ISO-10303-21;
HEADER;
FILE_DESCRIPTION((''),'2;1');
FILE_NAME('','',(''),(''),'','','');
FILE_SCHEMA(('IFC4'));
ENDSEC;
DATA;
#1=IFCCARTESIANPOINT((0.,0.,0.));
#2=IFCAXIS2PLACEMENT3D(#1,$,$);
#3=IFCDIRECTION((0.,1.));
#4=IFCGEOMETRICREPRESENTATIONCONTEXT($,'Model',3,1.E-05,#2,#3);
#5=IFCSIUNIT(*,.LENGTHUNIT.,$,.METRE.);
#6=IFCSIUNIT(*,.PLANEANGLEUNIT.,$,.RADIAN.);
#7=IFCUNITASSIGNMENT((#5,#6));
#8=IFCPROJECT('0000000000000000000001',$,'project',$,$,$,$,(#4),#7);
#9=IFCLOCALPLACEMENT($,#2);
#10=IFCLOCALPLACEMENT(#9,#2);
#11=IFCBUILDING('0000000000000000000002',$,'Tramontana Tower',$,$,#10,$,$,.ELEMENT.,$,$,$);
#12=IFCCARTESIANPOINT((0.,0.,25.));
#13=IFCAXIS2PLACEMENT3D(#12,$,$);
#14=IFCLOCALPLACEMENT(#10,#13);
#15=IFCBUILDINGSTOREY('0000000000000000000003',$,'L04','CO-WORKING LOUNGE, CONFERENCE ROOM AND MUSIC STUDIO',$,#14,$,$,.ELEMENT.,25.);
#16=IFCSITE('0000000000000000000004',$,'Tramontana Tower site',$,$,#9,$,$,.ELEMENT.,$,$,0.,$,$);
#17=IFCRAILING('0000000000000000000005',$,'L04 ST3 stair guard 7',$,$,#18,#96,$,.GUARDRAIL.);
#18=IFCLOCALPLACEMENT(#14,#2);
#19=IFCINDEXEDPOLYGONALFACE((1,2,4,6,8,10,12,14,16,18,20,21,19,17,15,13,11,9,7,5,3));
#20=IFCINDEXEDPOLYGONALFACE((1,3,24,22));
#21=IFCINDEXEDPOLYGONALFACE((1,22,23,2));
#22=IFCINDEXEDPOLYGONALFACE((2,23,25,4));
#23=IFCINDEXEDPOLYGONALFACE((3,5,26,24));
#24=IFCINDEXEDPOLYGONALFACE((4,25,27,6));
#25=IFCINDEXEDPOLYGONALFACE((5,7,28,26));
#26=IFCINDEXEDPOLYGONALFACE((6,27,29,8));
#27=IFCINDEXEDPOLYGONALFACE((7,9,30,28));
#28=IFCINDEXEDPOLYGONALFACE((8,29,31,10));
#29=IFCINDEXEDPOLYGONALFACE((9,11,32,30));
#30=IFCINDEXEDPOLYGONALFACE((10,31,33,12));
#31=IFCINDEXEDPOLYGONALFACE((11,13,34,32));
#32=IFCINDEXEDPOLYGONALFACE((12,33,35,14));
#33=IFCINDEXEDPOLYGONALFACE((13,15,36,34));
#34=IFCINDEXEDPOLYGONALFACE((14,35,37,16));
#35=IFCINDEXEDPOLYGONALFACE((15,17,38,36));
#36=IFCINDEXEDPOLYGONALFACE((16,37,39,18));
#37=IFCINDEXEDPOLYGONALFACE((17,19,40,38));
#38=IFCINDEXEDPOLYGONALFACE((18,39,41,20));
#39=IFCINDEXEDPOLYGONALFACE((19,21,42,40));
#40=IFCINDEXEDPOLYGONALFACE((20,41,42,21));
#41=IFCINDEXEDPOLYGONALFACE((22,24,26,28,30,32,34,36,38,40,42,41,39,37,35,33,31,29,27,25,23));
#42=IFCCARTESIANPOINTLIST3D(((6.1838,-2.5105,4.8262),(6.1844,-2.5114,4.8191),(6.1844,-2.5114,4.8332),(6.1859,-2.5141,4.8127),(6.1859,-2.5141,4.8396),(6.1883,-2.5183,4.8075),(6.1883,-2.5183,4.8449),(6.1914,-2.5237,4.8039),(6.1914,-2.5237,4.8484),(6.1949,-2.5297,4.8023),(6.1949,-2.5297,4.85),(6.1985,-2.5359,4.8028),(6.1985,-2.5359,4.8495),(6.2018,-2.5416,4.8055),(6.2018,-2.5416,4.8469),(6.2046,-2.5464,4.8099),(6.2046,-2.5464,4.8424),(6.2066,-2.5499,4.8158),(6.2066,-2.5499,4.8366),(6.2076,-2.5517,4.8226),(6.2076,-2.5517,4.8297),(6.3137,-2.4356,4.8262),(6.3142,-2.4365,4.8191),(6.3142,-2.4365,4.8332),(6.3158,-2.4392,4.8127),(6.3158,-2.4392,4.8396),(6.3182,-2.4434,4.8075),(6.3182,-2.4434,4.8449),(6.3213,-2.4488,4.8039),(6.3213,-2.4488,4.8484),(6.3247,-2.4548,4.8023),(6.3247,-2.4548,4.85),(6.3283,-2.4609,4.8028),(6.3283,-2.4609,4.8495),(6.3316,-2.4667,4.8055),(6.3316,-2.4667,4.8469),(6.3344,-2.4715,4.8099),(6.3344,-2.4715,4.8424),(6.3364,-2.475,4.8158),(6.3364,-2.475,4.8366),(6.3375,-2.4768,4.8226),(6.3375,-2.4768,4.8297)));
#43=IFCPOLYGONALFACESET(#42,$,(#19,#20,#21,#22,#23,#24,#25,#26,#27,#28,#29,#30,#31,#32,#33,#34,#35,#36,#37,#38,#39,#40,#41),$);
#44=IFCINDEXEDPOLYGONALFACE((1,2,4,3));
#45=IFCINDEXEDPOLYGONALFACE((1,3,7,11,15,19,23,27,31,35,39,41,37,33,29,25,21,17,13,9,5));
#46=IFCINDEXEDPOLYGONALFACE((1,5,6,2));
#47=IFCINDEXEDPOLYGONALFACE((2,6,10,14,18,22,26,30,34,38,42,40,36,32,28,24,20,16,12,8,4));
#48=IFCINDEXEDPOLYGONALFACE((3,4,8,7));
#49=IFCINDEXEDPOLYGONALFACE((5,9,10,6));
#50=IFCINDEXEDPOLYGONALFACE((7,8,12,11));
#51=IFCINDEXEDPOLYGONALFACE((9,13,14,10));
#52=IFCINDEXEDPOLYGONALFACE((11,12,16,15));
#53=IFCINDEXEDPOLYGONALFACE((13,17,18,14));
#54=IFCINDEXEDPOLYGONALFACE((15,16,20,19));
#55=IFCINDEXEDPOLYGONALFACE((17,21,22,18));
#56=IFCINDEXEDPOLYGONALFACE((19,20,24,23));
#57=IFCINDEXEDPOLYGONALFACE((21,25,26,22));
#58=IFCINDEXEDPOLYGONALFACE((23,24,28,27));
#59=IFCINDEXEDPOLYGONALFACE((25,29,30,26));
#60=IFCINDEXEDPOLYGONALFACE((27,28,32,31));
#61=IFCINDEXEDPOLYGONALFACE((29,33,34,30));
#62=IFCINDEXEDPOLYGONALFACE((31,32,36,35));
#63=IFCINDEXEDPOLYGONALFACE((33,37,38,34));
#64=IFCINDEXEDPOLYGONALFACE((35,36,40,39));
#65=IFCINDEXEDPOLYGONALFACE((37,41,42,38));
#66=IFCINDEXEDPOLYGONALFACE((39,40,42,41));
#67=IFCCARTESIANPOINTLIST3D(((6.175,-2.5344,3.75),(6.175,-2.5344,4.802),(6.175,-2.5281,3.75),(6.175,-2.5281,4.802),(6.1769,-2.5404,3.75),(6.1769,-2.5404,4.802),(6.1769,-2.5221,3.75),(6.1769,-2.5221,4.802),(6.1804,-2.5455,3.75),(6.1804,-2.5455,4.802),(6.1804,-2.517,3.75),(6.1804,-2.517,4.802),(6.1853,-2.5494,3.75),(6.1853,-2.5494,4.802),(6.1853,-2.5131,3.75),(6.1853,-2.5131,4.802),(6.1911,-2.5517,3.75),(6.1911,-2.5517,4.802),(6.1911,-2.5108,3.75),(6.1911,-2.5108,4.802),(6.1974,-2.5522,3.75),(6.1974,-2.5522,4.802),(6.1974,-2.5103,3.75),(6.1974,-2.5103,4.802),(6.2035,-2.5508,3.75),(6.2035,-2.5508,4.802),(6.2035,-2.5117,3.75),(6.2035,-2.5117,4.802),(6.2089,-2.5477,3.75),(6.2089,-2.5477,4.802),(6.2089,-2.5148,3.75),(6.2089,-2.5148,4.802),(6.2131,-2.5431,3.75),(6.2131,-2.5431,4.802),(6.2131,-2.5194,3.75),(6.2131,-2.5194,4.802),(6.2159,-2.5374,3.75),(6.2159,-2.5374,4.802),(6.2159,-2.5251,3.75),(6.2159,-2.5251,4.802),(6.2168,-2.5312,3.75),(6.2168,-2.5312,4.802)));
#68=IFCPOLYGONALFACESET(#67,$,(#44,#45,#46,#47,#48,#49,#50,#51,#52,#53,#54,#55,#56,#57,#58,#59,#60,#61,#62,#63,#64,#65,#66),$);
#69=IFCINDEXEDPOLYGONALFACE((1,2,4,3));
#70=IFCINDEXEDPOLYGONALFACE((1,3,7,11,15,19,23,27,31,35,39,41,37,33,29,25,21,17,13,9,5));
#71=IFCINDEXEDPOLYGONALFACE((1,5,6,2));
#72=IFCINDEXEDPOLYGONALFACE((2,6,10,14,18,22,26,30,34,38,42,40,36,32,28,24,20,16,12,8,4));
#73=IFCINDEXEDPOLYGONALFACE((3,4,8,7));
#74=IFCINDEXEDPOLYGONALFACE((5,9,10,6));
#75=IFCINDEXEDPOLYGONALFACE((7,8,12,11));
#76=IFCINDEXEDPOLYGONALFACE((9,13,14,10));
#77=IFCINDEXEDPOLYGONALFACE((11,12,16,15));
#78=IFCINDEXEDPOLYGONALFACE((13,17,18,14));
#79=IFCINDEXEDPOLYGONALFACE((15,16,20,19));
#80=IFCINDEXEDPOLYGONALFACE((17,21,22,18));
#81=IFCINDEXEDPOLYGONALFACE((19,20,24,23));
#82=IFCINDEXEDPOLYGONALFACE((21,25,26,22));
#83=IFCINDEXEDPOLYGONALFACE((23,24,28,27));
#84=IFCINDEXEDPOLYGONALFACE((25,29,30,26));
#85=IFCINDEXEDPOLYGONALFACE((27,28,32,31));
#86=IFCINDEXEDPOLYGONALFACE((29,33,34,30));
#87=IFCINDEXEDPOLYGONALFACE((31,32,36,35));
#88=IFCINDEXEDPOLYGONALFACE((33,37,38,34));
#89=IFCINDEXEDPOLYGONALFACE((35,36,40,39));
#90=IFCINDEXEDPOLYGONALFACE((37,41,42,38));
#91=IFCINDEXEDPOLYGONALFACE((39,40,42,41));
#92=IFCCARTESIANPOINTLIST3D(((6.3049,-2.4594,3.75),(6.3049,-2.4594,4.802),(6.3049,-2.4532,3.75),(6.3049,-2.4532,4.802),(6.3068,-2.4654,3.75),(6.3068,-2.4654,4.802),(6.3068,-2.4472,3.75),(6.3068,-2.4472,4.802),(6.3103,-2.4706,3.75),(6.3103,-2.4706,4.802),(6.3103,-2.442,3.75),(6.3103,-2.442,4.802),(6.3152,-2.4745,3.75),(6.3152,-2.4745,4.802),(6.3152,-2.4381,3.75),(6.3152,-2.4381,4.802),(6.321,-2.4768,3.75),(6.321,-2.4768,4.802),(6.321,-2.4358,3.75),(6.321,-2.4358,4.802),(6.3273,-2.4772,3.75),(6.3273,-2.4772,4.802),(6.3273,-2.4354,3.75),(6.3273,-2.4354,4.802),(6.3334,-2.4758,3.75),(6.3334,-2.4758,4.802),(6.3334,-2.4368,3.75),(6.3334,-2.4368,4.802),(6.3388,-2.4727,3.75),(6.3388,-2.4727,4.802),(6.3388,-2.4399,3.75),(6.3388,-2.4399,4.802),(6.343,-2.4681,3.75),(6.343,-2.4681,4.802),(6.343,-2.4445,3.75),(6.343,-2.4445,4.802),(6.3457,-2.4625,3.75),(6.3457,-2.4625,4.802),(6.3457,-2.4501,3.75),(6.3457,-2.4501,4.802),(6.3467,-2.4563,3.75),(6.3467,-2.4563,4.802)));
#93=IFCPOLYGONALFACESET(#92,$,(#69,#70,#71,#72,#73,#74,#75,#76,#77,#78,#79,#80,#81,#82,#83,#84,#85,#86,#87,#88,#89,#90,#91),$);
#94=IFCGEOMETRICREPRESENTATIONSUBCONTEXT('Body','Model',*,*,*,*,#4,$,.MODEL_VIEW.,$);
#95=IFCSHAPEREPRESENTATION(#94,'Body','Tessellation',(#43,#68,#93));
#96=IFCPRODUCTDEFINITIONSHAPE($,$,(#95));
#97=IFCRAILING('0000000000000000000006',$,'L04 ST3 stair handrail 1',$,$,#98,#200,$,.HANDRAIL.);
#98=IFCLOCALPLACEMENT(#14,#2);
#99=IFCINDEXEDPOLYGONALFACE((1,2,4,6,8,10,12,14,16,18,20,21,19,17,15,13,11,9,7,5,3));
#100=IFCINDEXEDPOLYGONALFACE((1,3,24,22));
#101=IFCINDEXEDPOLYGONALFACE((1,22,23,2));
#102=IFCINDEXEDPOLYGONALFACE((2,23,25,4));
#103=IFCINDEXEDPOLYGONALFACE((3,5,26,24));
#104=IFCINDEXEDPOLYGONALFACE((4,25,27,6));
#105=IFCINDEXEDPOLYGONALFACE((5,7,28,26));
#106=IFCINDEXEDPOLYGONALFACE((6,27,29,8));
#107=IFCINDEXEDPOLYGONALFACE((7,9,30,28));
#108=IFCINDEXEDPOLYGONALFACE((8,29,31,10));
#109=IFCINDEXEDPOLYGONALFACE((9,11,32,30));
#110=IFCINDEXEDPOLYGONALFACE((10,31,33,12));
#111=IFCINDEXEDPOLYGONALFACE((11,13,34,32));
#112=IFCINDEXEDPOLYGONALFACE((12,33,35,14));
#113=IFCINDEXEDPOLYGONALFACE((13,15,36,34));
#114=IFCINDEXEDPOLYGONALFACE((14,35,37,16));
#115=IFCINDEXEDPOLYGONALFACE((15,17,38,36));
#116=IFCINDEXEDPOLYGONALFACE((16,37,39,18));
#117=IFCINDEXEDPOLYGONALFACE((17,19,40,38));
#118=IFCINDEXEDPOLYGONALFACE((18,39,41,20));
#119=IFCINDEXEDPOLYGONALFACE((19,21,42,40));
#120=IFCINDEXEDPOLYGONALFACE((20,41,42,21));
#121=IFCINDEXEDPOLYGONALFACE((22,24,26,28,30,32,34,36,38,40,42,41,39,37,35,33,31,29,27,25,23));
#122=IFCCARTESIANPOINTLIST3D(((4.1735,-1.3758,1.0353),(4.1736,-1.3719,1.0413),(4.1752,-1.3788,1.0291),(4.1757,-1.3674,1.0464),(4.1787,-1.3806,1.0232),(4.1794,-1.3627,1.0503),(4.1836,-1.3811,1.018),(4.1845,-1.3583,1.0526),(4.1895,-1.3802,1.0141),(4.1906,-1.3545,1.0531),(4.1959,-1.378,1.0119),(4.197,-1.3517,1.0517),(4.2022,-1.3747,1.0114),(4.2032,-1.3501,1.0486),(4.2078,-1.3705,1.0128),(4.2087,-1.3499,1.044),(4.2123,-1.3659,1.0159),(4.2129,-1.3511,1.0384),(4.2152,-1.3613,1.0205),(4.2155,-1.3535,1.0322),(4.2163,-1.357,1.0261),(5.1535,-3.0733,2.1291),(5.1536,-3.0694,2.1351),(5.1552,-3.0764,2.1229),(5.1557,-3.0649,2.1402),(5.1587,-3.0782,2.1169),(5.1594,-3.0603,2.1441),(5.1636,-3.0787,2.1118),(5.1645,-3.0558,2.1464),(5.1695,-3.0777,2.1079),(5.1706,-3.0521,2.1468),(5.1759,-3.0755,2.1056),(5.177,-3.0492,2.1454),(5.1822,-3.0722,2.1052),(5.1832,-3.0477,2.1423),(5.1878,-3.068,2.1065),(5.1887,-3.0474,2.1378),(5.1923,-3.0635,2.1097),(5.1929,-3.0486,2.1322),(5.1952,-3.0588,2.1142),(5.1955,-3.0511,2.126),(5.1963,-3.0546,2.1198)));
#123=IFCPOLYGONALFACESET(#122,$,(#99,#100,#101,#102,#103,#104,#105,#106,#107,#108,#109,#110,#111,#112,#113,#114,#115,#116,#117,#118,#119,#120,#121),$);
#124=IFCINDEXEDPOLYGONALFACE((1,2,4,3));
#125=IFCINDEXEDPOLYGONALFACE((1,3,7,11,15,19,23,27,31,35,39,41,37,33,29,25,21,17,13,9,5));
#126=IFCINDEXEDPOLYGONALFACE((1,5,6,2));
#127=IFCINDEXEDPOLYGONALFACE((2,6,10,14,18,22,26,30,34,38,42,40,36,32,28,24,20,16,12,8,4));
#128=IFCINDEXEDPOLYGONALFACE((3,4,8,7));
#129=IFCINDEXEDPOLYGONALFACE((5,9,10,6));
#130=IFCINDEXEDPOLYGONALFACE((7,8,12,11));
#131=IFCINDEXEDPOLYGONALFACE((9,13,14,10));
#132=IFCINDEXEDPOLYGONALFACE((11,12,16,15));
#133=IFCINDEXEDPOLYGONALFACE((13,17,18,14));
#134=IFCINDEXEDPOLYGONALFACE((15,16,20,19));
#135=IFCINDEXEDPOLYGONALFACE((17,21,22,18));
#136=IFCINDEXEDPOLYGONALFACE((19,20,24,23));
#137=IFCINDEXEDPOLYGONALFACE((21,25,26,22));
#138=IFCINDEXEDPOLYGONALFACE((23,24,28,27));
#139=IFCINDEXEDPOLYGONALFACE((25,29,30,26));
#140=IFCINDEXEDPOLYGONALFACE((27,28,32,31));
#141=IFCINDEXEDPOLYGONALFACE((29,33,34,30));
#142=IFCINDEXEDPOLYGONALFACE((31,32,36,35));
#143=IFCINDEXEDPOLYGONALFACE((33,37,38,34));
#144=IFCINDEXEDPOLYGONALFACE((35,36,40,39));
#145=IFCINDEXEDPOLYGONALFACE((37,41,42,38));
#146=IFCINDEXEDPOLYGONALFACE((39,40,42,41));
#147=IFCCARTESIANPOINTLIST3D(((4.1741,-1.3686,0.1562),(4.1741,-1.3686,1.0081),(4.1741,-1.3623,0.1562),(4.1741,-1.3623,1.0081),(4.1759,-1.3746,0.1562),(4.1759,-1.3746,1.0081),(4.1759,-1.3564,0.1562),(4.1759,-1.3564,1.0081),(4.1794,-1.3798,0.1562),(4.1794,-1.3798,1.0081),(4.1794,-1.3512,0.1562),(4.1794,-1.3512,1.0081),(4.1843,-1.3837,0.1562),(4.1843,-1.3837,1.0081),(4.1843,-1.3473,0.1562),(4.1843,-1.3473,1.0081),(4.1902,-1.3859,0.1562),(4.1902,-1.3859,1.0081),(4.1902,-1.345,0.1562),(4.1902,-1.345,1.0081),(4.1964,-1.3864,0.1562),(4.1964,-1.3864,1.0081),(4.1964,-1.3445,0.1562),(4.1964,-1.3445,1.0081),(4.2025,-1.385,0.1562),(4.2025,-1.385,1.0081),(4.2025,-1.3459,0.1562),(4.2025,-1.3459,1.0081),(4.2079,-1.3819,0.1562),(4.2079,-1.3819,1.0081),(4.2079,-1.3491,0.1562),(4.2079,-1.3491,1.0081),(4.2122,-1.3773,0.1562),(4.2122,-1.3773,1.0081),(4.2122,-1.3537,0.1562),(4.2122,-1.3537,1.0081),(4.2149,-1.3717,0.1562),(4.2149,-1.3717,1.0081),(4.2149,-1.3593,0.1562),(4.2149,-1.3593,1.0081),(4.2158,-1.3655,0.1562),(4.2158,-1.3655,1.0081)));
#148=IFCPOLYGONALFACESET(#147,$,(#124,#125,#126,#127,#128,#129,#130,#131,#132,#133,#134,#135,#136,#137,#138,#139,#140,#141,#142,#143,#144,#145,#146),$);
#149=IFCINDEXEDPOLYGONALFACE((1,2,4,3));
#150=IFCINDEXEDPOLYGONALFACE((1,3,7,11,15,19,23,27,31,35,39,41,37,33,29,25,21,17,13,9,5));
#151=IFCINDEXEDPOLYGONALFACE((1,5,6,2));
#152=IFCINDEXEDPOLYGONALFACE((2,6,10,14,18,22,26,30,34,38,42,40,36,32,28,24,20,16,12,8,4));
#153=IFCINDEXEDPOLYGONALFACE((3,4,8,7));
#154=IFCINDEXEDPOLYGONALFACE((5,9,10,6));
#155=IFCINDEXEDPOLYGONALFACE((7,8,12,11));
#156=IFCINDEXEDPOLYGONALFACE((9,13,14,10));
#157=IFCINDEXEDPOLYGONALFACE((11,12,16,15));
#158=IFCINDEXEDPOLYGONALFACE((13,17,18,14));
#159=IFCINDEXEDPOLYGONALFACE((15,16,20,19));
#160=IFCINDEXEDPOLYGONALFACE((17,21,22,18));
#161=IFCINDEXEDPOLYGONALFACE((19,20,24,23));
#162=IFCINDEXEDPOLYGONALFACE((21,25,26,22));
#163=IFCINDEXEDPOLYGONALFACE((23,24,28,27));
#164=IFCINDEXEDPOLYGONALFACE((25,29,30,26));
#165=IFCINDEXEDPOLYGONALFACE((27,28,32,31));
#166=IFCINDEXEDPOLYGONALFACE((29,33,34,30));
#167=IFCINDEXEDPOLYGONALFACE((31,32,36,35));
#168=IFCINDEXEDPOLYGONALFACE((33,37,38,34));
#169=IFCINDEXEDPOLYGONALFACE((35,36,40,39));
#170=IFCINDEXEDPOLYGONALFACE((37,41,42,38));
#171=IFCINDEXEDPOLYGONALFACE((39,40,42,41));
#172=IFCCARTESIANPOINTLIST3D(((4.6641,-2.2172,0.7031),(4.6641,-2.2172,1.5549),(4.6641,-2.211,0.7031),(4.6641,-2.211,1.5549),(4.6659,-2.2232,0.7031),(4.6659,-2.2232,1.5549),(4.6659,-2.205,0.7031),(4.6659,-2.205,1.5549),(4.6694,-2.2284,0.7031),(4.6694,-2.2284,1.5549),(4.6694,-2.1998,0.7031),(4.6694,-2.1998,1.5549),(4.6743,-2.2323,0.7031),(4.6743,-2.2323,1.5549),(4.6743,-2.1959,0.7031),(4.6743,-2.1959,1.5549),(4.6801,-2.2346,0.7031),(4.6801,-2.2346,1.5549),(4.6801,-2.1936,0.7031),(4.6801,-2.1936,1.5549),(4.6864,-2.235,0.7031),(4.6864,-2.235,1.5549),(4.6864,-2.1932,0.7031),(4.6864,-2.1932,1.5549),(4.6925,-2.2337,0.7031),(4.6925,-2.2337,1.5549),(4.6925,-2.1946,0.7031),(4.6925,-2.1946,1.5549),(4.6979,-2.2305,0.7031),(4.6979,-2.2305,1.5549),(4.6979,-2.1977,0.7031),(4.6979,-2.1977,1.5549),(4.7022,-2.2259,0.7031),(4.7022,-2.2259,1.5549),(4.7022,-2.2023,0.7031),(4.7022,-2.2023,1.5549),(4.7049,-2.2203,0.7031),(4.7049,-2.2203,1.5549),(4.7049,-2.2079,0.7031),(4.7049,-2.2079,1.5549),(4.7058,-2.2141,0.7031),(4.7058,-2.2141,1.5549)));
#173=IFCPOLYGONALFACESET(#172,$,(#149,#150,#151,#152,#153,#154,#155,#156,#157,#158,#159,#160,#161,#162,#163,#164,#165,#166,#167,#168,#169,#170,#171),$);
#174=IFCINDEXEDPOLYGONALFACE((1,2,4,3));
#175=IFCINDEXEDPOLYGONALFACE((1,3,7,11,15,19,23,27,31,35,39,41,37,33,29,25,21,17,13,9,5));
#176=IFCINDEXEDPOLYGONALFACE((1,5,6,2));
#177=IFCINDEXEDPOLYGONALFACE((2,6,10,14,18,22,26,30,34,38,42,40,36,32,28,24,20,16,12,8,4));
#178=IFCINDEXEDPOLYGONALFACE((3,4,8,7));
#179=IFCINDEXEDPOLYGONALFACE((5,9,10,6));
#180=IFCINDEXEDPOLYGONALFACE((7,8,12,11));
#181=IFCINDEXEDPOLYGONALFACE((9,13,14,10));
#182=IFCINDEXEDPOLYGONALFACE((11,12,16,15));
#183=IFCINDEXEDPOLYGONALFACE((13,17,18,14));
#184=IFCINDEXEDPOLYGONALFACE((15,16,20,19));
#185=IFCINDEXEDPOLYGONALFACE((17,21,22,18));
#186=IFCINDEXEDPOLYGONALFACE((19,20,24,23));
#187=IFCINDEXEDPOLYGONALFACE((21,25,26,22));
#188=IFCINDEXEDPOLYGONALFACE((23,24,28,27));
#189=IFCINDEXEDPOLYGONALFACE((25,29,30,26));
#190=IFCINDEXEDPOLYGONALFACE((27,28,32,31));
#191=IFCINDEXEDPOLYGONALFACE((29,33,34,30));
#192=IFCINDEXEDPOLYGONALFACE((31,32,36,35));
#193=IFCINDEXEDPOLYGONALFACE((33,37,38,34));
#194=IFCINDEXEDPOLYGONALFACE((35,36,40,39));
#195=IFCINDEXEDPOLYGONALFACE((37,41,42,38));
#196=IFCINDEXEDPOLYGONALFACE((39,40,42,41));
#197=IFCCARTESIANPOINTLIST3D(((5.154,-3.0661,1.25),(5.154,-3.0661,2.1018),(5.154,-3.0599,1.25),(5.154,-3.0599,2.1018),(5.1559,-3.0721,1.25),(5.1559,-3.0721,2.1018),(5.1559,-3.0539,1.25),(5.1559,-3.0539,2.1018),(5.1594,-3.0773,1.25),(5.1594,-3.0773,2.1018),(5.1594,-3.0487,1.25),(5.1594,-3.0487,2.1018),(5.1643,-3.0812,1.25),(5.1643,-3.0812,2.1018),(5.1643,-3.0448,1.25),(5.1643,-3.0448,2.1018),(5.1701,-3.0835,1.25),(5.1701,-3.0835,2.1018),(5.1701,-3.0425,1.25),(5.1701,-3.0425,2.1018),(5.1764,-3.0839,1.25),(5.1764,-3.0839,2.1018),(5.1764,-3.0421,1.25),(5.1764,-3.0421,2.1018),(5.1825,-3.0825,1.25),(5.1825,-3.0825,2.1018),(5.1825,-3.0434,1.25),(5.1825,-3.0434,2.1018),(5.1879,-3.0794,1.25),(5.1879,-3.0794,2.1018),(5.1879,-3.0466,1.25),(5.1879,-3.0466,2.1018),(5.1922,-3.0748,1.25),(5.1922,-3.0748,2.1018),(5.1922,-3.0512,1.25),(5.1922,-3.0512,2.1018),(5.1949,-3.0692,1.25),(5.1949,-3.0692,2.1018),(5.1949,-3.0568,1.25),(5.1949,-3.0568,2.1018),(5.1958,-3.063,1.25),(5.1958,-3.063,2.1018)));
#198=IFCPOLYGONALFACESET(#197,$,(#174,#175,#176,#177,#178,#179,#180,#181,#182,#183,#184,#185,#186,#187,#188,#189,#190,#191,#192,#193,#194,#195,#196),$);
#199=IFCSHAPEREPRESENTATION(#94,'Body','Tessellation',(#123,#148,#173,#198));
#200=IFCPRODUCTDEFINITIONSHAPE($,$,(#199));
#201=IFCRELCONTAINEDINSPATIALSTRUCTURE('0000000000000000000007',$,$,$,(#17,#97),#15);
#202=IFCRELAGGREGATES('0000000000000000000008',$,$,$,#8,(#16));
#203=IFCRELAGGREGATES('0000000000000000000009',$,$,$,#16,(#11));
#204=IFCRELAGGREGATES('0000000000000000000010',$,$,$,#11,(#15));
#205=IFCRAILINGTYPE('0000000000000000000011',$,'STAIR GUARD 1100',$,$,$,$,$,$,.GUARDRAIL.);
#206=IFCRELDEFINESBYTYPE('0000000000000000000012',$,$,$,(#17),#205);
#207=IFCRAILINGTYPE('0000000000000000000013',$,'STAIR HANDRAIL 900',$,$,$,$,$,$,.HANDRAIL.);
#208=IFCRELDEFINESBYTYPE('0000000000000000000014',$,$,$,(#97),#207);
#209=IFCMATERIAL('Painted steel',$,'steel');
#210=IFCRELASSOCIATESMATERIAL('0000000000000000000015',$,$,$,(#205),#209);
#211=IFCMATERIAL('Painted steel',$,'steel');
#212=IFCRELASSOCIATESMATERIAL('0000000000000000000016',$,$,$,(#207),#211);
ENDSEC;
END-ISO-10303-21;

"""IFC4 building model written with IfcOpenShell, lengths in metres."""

from ifc_helpers import new_model, si_unit, direction, frame, origin, origin_2d, place, context, subcontext, project, spatial, circle, extrude, material, type_object, element, save


model = new_model("IFC4")

# Units and contexts
model_context = context("Model", 3, precision=1e-05, world=origin(), true_north=direction((0.0, 1.0)))
body_context = subcontext(model_context, "Body", "Model", "MODEL_VIEW")
ifc_project = project(units=[si_unit("LENGTHUNIT", "METRE"), si_unit("PLANEANGLEUNIT", "RADIAN")], contexts=[model_context])

# Site, building, storey
site_placement = place(None, origin())
site = spatial("IfcSite", under=ifc_project, at=site_placement, Name="Tramontana Tower site", CompositionType="ELEMENT", RefElevation=0.0)
building_placement = place(site_placement, origin())
building = spatial("IfcBuilding", under=site, at=building_placement, Name="Tramontana Tower", CompositionType="ELEMENT")
storey_placement = place(building_placement, frame((0.0, 0.0, 25.0)))
storey = spatial("IfcBuildingStorey", under=building, at=storey_placement, Name="L04", Description="CO-WORKING LOUNGE, CONFERENCE ROOM AND MUSIC STUDIO", CompositionType="ELEMENT", Elevation=25.0)

# Railings
ifc_material_1 = material(Name="Painted steel", Category="steel")
railing_type_1 = type_object("IfcRailingType", Name="STAIR GUARD 1100", PredefinedType="GUARDRAIL", material=ifc_material_1)
for number, where, name in (
    (1, (6.1958, -2.5312, 3.75), "L04 ST3 stair guard 7"),
):
    element("IfcRailing", number, at=place(storey_placement, frame(where)), inside=storey, type_object=railing_type_1, Name=name, PredefinedType="GUARDRAIL", context=body_context, shape_type="SweptSolid", body=[
        extrude(circle(Radius=0.0239, at=origin_2d()), frame((0.0, 0.0, 1.0762), z_axis=(0.866131, 0.499816, 0.0), x_axis=(-0.499816, 0.866131, 0.0)), (0.0, 0.0, 1.0), 0.1499),
        extrude(circle(Radius=0.021, at=origin_2d()), origin(), (0.0, 0.0, 1.0), 1.052),
        extrude(circle(Radius=0.021, at=origin_2d()), frame((0.1299, 0.075, 0.0)), (0.0, 0.0, 1.0), 1.052),
    ])
ifc_material_2 = material(Name="Painted steel", Category="steel")
railing_type_2 = type_object("IfcRailingType", Name="STAIR HANDRAIL 900", PredefinedType="HANDRAIL", material=ifc_material_2)
railing_1_placement = place(storey_placement, frame((4.1948, -1.3655, 0.1562)))
element("IfcRailing", 2, at=railing_1_placement, inside=storey, type_object=railing_type_2, Name="L04 ST3 stair handrail 1", PredefinedType="HANDRAIL", context=body_context, shape_type="SweptSolid", body=[
    extrude(circle(Radius=0.0239, at=origin_2d()), frame((0.0, 0.0, 0.876), z_axis=(0.436596, -0.756267, 0.487282), x_axis=(0.866042, 0.49997, 0.0)), (0.0, 0.0, 1.0), 2.2446),
    extrude(circle(Radius=0.021, at=origin_2d()), origin(), (0.0, 0.0, 1.0), 0.8518),
    extrude(circle(Radius=0.021, at=origin_2d()), frame((0.49, -0.8486, 0.5469)), (0.0, 0.0, 1.0), 0.8518),
    extrude(circle(Radius=0.021, at=origin_2d()), frame((0.98, -1.6975, 1.0938)), (0.0, 0.0, 1.0), 0.8518),
])

save(model, "model.ifc")
